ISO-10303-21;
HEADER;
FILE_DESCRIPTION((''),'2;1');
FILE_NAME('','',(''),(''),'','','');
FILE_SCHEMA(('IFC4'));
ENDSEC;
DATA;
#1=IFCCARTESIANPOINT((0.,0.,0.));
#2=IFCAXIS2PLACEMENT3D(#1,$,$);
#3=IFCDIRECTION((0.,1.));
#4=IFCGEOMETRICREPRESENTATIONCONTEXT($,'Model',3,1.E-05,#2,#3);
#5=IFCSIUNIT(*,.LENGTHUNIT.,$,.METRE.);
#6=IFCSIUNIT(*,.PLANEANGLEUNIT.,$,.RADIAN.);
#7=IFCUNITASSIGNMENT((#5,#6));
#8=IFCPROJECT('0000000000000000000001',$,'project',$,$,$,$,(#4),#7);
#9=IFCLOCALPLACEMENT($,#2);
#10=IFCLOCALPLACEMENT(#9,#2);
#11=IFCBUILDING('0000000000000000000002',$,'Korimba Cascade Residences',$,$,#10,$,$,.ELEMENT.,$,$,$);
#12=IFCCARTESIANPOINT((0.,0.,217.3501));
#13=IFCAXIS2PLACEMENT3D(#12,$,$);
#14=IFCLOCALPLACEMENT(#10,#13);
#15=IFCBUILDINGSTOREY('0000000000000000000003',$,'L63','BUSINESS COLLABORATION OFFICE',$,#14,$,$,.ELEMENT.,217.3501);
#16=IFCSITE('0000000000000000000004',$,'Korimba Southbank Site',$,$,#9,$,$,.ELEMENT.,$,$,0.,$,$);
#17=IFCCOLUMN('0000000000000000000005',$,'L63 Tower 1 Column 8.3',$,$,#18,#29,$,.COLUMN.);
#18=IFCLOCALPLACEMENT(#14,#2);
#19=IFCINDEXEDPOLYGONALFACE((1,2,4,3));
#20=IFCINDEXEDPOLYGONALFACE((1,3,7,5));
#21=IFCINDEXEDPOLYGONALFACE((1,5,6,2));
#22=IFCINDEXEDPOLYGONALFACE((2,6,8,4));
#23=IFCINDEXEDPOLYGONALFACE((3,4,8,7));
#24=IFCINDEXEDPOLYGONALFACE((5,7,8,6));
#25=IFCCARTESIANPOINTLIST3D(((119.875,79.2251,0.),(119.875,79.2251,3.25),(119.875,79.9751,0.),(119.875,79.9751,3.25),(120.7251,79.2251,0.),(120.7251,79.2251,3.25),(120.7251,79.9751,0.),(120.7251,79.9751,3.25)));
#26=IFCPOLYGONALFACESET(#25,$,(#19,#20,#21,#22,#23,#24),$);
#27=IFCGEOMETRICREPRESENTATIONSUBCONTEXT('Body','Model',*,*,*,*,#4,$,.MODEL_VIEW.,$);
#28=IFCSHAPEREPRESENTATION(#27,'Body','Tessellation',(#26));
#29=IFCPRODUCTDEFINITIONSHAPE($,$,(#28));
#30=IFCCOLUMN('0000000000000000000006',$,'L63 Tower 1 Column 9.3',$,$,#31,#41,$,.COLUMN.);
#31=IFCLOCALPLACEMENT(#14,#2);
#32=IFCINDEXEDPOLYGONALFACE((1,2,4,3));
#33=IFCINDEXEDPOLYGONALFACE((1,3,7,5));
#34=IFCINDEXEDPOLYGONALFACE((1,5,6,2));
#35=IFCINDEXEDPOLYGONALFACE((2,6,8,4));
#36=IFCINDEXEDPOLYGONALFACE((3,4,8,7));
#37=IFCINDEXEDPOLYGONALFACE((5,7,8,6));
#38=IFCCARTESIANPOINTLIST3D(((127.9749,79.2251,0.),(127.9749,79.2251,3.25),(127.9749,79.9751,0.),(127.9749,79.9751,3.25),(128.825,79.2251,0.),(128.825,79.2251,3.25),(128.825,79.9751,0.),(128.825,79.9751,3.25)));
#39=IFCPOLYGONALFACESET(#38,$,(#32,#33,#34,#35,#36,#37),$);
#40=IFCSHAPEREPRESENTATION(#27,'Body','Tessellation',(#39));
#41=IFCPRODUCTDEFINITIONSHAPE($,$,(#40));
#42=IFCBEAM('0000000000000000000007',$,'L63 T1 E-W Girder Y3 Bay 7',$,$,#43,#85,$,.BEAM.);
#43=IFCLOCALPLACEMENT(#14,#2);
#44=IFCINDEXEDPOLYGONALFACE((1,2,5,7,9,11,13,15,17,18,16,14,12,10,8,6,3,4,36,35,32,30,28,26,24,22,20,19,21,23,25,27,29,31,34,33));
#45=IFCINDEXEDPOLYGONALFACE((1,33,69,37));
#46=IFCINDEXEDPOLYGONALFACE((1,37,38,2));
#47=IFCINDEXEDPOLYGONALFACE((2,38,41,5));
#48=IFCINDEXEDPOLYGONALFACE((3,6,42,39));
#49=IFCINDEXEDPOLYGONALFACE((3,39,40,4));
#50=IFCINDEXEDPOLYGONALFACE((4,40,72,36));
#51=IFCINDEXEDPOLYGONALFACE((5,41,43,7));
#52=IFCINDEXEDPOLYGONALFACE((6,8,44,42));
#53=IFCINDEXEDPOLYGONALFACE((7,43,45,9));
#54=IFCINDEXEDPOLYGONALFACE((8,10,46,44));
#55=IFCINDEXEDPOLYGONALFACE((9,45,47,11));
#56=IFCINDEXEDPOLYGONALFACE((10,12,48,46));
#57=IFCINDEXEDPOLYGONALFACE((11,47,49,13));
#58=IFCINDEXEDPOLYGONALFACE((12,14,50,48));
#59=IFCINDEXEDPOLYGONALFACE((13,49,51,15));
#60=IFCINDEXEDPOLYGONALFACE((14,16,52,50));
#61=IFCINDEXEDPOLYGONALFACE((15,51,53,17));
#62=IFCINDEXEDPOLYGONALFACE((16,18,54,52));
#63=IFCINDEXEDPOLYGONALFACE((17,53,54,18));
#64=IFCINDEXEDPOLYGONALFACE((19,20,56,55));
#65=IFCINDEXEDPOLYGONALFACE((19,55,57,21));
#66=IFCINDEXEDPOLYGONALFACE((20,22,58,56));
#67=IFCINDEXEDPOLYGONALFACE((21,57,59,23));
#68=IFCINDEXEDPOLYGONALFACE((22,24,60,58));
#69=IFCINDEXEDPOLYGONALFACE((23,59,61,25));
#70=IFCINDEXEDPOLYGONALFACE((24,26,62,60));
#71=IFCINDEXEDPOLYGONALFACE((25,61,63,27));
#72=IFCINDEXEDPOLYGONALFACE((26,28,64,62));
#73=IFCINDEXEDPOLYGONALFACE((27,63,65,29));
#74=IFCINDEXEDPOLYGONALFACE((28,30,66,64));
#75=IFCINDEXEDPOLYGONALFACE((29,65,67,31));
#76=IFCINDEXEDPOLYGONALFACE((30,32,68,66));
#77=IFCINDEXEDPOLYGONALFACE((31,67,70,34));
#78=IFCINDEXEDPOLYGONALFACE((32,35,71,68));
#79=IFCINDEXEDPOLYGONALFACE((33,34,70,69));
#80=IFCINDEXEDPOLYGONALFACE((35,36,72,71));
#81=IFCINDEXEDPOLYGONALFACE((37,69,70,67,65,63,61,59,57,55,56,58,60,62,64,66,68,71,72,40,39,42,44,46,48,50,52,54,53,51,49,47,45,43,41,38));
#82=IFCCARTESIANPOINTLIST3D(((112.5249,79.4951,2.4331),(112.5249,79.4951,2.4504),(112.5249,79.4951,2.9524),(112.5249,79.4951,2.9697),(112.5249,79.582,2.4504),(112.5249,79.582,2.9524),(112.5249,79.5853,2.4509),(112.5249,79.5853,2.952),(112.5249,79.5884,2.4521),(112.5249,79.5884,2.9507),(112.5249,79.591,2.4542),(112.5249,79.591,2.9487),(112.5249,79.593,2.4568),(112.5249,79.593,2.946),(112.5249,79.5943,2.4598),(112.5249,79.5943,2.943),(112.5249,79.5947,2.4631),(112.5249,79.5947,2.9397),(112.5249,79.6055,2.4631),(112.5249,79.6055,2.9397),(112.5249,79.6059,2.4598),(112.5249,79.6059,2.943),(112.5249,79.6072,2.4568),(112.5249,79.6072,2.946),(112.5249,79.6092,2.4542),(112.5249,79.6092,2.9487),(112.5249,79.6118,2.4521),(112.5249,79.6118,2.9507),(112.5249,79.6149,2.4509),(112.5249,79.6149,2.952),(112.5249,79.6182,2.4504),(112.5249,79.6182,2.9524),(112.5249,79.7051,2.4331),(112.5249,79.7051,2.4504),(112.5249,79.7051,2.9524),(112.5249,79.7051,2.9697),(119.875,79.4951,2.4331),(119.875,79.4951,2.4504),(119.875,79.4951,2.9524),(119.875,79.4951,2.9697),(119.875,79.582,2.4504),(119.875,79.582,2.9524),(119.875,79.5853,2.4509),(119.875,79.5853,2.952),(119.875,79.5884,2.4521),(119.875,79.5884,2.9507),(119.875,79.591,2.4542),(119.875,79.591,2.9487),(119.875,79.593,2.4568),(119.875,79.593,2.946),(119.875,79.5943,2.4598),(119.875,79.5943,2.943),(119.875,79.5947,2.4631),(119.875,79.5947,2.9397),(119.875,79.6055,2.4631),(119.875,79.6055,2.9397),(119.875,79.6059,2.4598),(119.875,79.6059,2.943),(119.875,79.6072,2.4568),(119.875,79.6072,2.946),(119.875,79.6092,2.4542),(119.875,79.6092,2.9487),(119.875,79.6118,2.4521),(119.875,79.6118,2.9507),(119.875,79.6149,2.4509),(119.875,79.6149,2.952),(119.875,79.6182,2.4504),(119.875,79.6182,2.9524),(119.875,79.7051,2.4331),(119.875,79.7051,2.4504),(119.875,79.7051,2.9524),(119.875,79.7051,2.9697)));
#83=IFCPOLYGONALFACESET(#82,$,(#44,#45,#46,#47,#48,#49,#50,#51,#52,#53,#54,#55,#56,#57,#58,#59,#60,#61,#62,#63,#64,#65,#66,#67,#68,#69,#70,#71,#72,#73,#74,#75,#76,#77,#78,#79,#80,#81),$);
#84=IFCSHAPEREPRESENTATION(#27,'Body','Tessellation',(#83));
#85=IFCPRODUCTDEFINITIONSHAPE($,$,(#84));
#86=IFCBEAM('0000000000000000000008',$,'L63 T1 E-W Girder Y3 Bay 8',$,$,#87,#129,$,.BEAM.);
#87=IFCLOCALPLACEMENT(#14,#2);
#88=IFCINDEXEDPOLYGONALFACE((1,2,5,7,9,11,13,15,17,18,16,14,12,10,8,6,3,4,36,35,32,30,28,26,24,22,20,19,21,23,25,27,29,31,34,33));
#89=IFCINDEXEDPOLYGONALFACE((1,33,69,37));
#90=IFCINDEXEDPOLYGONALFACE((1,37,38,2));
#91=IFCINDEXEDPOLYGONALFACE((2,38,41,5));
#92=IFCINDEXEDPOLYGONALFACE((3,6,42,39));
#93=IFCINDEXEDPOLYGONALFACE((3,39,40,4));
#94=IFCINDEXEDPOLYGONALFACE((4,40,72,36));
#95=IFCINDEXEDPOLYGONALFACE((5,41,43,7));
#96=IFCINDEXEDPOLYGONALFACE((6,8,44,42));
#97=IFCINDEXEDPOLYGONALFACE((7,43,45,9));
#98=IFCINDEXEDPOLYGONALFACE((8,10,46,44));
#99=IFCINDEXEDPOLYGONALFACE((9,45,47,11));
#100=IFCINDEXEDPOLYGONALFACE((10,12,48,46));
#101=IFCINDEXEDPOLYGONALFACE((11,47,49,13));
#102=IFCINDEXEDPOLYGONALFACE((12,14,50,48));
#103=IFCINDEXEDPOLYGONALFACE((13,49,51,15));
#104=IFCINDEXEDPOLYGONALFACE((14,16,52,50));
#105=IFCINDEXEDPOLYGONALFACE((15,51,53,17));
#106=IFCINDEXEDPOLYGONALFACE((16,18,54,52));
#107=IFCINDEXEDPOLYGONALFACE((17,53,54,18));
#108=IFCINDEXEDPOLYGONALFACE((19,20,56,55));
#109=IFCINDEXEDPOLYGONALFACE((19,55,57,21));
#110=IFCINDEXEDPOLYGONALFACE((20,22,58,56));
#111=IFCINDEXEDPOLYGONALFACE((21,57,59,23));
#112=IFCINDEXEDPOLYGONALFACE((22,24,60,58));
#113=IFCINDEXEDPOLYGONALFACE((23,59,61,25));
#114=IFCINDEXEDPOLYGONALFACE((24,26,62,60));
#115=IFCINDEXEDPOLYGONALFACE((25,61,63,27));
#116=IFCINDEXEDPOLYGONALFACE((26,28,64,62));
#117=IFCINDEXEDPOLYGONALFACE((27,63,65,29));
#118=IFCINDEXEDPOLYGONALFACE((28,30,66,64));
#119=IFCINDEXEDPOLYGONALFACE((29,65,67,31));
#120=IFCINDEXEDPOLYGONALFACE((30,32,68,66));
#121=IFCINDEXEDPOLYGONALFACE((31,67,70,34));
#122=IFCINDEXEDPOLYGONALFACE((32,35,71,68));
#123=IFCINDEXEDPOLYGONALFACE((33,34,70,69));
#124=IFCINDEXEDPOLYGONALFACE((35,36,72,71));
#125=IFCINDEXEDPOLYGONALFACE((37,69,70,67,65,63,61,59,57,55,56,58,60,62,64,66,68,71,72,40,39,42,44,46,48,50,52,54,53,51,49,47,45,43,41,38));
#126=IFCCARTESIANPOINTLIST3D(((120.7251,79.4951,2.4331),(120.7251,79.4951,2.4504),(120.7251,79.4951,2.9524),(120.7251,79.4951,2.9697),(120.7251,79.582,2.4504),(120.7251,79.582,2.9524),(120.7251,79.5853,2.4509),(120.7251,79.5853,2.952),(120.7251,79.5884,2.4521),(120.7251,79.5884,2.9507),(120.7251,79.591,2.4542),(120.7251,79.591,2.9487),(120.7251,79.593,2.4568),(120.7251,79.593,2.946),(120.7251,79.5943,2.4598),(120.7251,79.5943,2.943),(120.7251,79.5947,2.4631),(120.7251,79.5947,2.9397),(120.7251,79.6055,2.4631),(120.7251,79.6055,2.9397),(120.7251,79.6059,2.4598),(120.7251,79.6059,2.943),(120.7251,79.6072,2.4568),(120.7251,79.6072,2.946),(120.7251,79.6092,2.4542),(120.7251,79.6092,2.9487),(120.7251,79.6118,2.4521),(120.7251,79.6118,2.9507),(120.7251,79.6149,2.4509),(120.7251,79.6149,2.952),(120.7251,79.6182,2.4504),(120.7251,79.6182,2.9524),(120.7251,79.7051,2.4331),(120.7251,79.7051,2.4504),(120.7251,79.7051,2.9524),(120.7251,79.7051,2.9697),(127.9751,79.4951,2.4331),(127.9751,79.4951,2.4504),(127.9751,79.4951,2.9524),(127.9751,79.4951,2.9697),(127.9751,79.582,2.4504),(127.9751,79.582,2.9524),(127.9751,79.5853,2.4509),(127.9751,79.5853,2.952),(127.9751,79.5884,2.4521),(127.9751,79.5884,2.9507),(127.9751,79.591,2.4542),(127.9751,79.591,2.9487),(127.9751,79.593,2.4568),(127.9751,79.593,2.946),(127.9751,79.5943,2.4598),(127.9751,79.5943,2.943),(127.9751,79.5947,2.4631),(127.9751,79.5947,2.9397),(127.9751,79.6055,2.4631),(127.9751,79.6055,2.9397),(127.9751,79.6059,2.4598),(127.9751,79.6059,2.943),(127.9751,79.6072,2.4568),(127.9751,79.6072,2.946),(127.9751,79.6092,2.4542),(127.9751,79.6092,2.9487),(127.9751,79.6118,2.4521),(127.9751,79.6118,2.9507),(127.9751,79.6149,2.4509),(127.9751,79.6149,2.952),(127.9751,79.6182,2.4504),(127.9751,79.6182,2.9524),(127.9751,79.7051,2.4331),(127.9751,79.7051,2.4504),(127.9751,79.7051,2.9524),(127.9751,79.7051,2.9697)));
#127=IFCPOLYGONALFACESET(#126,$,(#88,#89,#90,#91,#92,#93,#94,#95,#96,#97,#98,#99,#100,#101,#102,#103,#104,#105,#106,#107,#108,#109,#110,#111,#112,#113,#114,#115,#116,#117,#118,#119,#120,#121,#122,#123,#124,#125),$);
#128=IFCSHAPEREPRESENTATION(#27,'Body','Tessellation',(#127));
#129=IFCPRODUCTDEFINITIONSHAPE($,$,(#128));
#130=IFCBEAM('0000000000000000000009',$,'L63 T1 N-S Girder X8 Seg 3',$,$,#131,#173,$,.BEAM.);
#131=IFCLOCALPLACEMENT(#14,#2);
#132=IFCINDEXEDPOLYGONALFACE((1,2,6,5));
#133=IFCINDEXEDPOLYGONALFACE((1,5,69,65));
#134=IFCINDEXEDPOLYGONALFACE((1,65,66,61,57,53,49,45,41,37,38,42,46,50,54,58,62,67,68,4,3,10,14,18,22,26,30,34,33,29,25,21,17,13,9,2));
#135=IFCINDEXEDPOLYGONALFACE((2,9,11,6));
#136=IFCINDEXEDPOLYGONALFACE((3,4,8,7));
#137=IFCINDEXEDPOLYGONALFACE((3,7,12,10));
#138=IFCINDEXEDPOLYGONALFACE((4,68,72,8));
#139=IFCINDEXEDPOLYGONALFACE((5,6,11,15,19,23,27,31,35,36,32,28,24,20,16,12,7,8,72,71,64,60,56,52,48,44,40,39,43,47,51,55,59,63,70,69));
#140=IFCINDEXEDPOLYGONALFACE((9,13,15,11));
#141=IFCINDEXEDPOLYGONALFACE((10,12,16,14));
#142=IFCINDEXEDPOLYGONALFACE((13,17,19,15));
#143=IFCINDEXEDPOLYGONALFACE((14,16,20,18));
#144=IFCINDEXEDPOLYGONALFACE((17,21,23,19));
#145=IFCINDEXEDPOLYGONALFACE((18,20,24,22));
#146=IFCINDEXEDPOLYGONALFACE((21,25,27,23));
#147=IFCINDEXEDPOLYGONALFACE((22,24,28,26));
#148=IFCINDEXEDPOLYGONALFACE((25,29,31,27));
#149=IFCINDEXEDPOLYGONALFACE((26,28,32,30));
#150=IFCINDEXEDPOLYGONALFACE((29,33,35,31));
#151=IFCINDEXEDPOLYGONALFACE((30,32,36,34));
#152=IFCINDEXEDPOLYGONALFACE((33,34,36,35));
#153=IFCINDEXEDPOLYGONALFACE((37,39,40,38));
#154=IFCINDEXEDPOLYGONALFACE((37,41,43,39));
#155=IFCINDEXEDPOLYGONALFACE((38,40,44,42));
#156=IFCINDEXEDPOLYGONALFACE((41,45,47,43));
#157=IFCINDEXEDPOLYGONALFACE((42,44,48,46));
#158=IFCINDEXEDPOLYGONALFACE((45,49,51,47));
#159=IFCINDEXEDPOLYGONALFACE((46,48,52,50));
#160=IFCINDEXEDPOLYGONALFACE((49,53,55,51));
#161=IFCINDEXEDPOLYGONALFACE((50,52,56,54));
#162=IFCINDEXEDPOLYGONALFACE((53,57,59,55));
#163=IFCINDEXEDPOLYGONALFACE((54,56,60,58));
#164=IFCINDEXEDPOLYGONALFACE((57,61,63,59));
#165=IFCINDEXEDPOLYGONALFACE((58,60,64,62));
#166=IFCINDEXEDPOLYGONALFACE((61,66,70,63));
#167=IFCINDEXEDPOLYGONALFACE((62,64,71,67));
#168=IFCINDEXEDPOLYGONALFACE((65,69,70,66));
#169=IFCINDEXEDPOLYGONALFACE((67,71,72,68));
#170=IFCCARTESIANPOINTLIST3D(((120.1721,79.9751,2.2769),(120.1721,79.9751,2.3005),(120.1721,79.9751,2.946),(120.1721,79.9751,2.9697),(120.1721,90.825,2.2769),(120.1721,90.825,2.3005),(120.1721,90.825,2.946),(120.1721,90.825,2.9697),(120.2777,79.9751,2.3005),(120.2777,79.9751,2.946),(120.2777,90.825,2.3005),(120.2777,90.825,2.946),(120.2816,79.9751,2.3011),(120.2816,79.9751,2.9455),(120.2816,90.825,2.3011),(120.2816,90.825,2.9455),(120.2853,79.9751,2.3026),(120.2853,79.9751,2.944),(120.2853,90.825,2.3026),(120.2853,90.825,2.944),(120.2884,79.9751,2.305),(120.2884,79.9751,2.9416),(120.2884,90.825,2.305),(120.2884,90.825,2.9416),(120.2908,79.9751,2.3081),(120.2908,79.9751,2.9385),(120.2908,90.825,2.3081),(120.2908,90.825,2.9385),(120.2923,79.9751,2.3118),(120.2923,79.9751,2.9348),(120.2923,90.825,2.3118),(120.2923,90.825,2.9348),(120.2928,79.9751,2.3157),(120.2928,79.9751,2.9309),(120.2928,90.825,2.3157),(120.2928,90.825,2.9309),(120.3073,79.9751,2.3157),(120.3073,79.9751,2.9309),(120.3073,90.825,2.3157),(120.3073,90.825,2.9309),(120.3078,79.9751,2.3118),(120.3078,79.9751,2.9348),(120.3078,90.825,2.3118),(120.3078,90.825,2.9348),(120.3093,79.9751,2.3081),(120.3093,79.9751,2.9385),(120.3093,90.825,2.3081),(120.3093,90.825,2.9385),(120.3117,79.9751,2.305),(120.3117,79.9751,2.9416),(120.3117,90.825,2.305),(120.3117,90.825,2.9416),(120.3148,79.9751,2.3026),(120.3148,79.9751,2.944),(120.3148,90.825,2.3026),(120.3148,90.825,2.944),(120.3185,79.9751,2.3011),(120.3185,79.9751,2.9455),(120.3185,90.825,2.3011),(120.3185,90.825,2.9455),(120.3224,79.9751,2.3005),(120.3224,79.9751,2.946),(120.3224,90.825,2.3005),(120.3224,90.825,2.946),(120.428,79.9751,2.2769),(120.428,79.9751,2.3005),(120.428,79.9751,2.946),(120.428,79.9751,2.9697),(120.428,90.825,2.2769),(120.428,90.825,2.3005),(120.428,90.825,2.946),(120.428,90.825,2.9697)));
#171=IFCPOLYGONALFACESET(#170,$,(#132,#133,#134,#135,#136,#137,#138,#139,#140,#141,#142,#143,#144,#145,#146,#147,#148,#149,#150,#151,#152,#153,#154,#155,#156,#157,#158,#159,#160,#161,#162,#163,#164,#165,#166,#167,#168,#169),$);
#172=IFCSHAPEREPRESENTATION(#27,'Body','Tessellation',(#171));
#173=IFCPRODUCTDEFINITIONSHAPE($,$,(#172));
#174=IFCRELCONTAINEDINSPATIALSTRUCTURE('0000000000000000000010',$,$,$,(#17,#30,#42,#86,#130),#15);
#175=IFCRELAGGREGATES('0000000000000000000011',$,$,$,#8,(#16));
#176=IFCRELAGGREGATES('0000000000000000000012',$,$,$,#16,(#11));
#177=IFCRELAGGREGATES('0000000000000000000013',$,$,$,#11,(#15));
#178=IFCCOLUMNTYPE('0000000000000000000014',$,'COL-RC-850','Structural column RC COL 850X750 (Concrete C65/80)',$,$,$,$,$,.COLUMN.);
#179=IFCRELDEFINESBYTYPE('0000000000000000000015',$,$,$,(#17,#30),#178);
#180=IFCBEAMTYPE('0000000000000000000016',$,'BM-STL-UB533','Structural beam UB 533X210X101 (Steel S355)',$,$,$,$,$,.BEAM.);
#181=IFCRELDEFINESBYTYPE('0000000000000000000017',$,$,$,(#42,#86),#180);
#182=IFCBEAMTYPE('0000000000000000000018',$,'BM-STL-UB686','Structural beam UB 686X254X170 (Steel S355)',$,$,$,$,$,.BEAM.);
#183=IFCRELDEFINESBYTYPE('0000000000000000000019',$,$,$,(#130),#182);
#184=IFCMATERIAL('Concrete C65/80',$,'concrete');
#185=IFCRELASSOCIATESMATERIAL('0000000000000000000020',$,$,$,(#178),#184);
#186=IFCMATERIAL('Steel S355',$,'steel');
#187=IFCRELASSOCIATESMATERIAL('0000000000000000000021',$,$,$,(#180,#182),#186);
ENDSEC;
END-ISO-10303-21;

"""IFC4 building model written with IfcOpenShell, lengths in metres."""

from ifc_helpers import new_model, si_unit, direction, frame, origin, origin_2d, place, context, subcontext, project, spatial, rectangle, i_section, extrude, material, material_profile, profile_set, type_object, element, save


model = new_model("IFC4")

# Units and contexts
model_context = context("Model", 3, precision=1e-05, world=origin(), true_north=direction((0.0, 1.0)))
body_context = subcontext(model_context, "Body", "Model", "MODEL_VIEW")
ifc_project = project(units=[si_unit("LENGTHUNIT", "METRE"), si_unit("PLANEANGLEUNIT", "RADIAN")], contexts=[model_context])

# Site, building, storey
site_placement = place(None, origin())
site = spatial("IfcSite", under=ifc_project, at=site_placement, Name="Korimba Southbank Site", CompositionType="ELEMENT", RefElevation=0.0)
building_placement = place(site_placement, origin())
building = spatial("IfcBuilding", under=site, at=building_placement, Name="Korimba Cascade Residences", CompositionType="ELEMENT")
storey_placement = place(building_placement, frame((0.0, 0.0, 217.3501)))
storey = spatial("IfcBuildingStorey", under=building, at=storey_placement, Name="L63", Description="BUSINESS COLLABORATION OFFICE", CompositionType="ELEMENT", Elevation=217.3501)

# Columns
ifc_material_1 = material(Name="Concrete C65/80", Category="concrete")
ifc_material_profile_1 = material_profile(ifc_material_1, rectangle(XDim=0.8501, YDim=0.75, at=origin_2d()), Name="Concrete C65/80")
ifc_profile_set_1 = profile_set([ifc_material_profile_1], Name="Concrete C65/80")
column_type = type_object("IfcColumnType", Name="COL-RC-850", Description="Structural column RC COL 850X750 (Concrete C65/80)", PredefinedType="COLUMN", material=ifc_profile_set_1)
for number, where, z_axis, x_axis, name in (
    (1, (120.3, 79.6001, 0.0), (0.0, 0.0, 1.0), (1.0, 0.0, 0.0), "L63 Tower 1 Column 8.3"),
    (2, (128.3999, 79.6001, 0.0), (0.0, 0.0, 1.0), (1.0, 0.0, 0.0), "L63 Tower 1 Column 9.3"),
):
    element("IfcColumn", number, at=place(storey_placement, frame(where, z_axis=z_axis, x_axis=x_axis)), inside=storey, type_object=column_type, Name=name, PredefinedType="COLUMN", context=body_context, shape_type="SweptSolid", body=[
        extrude(rectangle(XDim=0.8501, YDim=0.75, at=origin_2d()), origin(), (0.0, 0.0, 1.0), 3.25),
    ])

# Beams
ifc_material_2 = material(Name="Steel S355", Category="steel")
ifc_material_profile_2 = material_profile(ifc_material_2, i_section(OverallWidth=0.21, OverallDepth=0.5366, WebThickness=0.0107, FlangeThickness=0.0173, FilletRadius=0.0127, at=origin_2d()), Name="Steel S355")
ifc_profile_set_2 = profile_set([ifc_material_profile_2], Name="Steel S355")
beam_type_1 = type_object("IfcBeamType", Name="BM-STL-UB533", Description="Structural beam UB 533X210X101 (Steel S355)", PredefinedType="BEAM", material=ifc_profile_set_2)
beam_1_placement = place(storey_placement, frame((112.5249, 79.6001, 2.7014), z_axis=(1.0, 0.0, 0.0), x_axis=(0.0, 1.0, 0.0)))
element("IfcBeam", 3, at=beam_1_placement, inside=storey, type_object=beam_type_1, Name="L63 T1 E-W Girder Y3 Bay 7", PredefinedType="BEAM", context=body_context, shape_type="SweptSolid", body=[
    extrude(i_section(OverallWidth=0.21, OverallDepth=0.5366, WebThickness=0.0107, FlangeThickness=0.0173, FilletRadius=0.0127, at=origin_2d()), origin(), (0.0, 0.0, 1.0), 7.3501),
])
beam_2_placement = place(storey_placement, frame((120.7251, 79.6001, 2.7014), z_axis=(1.0, 0.0, 0.0), x_axis=(0.0, 1.0, 0.0)))
element("IfcBeam", 4, at=beam_2_placement, inside=storey, type_object=beam_type_1, Name="L63 T1 E-W Girder Y3 Bay 8", PredefinedType="BEAM", context=body_context, shape_type="SweptSolid", body=[
    extrude(i_section(OverallWidth=0.21, OverallDepth=0.5366, WebThickness=0.0107, FlangeThickness=0.0173, FilletRadius=0.0127, at=origin_2d()), origin(), (0.0, 0.0, 1.0), 7.25),
])
ifc_material_profile_3 = material_profile(ifc_material_2, i_section(OverallWidth=0.2559, OverallDepth=0.6929, WebThickness=0.0144, FlangeThickness=0.0237, FilletRadius=0.0151, at=origin_2d()), Name="Steel S355")
ifc_profile_set_3 = profile_set([ifc_material_profile_3], Name="Steel S355")
beam_type_2 = type_object("IfcBeamType", Name="BM-STL-UB686", Description="Structural beam UB 686X254X170 (Steel S355)", PredefinedType="BEAM", material=ifc_profile_set_3)
for number, where, z_axis, x_axis, name in (
    (5, (120.3, 79.9751, 2.6233), (0.0, 1.0, 0.0), (-1.0, 0.0, 0.0), "L63 T1 N-S Girder X8 Seg 3"),
):
    element("IfcBeam", number, at=place(storey_placement, frame(where, z_axis=z_axis, x_axis=x_axis)), inside=storey, type_object=beam_type_2, Name=name, PredefinedType="BEAM", context=body_context, shape_type="SweptSolid", body=[
        extrude(i_section(OverallWidth=0.2559, OverallDepth=0.6929, WebThickness=0.0144, FlangeThickness=0.0237, FilletRadius=0.0151, at=origin_2d()), origin(), (0.0, 0.0, 1.0), 10.8499),
    ])

save(model, "model.ifc")
